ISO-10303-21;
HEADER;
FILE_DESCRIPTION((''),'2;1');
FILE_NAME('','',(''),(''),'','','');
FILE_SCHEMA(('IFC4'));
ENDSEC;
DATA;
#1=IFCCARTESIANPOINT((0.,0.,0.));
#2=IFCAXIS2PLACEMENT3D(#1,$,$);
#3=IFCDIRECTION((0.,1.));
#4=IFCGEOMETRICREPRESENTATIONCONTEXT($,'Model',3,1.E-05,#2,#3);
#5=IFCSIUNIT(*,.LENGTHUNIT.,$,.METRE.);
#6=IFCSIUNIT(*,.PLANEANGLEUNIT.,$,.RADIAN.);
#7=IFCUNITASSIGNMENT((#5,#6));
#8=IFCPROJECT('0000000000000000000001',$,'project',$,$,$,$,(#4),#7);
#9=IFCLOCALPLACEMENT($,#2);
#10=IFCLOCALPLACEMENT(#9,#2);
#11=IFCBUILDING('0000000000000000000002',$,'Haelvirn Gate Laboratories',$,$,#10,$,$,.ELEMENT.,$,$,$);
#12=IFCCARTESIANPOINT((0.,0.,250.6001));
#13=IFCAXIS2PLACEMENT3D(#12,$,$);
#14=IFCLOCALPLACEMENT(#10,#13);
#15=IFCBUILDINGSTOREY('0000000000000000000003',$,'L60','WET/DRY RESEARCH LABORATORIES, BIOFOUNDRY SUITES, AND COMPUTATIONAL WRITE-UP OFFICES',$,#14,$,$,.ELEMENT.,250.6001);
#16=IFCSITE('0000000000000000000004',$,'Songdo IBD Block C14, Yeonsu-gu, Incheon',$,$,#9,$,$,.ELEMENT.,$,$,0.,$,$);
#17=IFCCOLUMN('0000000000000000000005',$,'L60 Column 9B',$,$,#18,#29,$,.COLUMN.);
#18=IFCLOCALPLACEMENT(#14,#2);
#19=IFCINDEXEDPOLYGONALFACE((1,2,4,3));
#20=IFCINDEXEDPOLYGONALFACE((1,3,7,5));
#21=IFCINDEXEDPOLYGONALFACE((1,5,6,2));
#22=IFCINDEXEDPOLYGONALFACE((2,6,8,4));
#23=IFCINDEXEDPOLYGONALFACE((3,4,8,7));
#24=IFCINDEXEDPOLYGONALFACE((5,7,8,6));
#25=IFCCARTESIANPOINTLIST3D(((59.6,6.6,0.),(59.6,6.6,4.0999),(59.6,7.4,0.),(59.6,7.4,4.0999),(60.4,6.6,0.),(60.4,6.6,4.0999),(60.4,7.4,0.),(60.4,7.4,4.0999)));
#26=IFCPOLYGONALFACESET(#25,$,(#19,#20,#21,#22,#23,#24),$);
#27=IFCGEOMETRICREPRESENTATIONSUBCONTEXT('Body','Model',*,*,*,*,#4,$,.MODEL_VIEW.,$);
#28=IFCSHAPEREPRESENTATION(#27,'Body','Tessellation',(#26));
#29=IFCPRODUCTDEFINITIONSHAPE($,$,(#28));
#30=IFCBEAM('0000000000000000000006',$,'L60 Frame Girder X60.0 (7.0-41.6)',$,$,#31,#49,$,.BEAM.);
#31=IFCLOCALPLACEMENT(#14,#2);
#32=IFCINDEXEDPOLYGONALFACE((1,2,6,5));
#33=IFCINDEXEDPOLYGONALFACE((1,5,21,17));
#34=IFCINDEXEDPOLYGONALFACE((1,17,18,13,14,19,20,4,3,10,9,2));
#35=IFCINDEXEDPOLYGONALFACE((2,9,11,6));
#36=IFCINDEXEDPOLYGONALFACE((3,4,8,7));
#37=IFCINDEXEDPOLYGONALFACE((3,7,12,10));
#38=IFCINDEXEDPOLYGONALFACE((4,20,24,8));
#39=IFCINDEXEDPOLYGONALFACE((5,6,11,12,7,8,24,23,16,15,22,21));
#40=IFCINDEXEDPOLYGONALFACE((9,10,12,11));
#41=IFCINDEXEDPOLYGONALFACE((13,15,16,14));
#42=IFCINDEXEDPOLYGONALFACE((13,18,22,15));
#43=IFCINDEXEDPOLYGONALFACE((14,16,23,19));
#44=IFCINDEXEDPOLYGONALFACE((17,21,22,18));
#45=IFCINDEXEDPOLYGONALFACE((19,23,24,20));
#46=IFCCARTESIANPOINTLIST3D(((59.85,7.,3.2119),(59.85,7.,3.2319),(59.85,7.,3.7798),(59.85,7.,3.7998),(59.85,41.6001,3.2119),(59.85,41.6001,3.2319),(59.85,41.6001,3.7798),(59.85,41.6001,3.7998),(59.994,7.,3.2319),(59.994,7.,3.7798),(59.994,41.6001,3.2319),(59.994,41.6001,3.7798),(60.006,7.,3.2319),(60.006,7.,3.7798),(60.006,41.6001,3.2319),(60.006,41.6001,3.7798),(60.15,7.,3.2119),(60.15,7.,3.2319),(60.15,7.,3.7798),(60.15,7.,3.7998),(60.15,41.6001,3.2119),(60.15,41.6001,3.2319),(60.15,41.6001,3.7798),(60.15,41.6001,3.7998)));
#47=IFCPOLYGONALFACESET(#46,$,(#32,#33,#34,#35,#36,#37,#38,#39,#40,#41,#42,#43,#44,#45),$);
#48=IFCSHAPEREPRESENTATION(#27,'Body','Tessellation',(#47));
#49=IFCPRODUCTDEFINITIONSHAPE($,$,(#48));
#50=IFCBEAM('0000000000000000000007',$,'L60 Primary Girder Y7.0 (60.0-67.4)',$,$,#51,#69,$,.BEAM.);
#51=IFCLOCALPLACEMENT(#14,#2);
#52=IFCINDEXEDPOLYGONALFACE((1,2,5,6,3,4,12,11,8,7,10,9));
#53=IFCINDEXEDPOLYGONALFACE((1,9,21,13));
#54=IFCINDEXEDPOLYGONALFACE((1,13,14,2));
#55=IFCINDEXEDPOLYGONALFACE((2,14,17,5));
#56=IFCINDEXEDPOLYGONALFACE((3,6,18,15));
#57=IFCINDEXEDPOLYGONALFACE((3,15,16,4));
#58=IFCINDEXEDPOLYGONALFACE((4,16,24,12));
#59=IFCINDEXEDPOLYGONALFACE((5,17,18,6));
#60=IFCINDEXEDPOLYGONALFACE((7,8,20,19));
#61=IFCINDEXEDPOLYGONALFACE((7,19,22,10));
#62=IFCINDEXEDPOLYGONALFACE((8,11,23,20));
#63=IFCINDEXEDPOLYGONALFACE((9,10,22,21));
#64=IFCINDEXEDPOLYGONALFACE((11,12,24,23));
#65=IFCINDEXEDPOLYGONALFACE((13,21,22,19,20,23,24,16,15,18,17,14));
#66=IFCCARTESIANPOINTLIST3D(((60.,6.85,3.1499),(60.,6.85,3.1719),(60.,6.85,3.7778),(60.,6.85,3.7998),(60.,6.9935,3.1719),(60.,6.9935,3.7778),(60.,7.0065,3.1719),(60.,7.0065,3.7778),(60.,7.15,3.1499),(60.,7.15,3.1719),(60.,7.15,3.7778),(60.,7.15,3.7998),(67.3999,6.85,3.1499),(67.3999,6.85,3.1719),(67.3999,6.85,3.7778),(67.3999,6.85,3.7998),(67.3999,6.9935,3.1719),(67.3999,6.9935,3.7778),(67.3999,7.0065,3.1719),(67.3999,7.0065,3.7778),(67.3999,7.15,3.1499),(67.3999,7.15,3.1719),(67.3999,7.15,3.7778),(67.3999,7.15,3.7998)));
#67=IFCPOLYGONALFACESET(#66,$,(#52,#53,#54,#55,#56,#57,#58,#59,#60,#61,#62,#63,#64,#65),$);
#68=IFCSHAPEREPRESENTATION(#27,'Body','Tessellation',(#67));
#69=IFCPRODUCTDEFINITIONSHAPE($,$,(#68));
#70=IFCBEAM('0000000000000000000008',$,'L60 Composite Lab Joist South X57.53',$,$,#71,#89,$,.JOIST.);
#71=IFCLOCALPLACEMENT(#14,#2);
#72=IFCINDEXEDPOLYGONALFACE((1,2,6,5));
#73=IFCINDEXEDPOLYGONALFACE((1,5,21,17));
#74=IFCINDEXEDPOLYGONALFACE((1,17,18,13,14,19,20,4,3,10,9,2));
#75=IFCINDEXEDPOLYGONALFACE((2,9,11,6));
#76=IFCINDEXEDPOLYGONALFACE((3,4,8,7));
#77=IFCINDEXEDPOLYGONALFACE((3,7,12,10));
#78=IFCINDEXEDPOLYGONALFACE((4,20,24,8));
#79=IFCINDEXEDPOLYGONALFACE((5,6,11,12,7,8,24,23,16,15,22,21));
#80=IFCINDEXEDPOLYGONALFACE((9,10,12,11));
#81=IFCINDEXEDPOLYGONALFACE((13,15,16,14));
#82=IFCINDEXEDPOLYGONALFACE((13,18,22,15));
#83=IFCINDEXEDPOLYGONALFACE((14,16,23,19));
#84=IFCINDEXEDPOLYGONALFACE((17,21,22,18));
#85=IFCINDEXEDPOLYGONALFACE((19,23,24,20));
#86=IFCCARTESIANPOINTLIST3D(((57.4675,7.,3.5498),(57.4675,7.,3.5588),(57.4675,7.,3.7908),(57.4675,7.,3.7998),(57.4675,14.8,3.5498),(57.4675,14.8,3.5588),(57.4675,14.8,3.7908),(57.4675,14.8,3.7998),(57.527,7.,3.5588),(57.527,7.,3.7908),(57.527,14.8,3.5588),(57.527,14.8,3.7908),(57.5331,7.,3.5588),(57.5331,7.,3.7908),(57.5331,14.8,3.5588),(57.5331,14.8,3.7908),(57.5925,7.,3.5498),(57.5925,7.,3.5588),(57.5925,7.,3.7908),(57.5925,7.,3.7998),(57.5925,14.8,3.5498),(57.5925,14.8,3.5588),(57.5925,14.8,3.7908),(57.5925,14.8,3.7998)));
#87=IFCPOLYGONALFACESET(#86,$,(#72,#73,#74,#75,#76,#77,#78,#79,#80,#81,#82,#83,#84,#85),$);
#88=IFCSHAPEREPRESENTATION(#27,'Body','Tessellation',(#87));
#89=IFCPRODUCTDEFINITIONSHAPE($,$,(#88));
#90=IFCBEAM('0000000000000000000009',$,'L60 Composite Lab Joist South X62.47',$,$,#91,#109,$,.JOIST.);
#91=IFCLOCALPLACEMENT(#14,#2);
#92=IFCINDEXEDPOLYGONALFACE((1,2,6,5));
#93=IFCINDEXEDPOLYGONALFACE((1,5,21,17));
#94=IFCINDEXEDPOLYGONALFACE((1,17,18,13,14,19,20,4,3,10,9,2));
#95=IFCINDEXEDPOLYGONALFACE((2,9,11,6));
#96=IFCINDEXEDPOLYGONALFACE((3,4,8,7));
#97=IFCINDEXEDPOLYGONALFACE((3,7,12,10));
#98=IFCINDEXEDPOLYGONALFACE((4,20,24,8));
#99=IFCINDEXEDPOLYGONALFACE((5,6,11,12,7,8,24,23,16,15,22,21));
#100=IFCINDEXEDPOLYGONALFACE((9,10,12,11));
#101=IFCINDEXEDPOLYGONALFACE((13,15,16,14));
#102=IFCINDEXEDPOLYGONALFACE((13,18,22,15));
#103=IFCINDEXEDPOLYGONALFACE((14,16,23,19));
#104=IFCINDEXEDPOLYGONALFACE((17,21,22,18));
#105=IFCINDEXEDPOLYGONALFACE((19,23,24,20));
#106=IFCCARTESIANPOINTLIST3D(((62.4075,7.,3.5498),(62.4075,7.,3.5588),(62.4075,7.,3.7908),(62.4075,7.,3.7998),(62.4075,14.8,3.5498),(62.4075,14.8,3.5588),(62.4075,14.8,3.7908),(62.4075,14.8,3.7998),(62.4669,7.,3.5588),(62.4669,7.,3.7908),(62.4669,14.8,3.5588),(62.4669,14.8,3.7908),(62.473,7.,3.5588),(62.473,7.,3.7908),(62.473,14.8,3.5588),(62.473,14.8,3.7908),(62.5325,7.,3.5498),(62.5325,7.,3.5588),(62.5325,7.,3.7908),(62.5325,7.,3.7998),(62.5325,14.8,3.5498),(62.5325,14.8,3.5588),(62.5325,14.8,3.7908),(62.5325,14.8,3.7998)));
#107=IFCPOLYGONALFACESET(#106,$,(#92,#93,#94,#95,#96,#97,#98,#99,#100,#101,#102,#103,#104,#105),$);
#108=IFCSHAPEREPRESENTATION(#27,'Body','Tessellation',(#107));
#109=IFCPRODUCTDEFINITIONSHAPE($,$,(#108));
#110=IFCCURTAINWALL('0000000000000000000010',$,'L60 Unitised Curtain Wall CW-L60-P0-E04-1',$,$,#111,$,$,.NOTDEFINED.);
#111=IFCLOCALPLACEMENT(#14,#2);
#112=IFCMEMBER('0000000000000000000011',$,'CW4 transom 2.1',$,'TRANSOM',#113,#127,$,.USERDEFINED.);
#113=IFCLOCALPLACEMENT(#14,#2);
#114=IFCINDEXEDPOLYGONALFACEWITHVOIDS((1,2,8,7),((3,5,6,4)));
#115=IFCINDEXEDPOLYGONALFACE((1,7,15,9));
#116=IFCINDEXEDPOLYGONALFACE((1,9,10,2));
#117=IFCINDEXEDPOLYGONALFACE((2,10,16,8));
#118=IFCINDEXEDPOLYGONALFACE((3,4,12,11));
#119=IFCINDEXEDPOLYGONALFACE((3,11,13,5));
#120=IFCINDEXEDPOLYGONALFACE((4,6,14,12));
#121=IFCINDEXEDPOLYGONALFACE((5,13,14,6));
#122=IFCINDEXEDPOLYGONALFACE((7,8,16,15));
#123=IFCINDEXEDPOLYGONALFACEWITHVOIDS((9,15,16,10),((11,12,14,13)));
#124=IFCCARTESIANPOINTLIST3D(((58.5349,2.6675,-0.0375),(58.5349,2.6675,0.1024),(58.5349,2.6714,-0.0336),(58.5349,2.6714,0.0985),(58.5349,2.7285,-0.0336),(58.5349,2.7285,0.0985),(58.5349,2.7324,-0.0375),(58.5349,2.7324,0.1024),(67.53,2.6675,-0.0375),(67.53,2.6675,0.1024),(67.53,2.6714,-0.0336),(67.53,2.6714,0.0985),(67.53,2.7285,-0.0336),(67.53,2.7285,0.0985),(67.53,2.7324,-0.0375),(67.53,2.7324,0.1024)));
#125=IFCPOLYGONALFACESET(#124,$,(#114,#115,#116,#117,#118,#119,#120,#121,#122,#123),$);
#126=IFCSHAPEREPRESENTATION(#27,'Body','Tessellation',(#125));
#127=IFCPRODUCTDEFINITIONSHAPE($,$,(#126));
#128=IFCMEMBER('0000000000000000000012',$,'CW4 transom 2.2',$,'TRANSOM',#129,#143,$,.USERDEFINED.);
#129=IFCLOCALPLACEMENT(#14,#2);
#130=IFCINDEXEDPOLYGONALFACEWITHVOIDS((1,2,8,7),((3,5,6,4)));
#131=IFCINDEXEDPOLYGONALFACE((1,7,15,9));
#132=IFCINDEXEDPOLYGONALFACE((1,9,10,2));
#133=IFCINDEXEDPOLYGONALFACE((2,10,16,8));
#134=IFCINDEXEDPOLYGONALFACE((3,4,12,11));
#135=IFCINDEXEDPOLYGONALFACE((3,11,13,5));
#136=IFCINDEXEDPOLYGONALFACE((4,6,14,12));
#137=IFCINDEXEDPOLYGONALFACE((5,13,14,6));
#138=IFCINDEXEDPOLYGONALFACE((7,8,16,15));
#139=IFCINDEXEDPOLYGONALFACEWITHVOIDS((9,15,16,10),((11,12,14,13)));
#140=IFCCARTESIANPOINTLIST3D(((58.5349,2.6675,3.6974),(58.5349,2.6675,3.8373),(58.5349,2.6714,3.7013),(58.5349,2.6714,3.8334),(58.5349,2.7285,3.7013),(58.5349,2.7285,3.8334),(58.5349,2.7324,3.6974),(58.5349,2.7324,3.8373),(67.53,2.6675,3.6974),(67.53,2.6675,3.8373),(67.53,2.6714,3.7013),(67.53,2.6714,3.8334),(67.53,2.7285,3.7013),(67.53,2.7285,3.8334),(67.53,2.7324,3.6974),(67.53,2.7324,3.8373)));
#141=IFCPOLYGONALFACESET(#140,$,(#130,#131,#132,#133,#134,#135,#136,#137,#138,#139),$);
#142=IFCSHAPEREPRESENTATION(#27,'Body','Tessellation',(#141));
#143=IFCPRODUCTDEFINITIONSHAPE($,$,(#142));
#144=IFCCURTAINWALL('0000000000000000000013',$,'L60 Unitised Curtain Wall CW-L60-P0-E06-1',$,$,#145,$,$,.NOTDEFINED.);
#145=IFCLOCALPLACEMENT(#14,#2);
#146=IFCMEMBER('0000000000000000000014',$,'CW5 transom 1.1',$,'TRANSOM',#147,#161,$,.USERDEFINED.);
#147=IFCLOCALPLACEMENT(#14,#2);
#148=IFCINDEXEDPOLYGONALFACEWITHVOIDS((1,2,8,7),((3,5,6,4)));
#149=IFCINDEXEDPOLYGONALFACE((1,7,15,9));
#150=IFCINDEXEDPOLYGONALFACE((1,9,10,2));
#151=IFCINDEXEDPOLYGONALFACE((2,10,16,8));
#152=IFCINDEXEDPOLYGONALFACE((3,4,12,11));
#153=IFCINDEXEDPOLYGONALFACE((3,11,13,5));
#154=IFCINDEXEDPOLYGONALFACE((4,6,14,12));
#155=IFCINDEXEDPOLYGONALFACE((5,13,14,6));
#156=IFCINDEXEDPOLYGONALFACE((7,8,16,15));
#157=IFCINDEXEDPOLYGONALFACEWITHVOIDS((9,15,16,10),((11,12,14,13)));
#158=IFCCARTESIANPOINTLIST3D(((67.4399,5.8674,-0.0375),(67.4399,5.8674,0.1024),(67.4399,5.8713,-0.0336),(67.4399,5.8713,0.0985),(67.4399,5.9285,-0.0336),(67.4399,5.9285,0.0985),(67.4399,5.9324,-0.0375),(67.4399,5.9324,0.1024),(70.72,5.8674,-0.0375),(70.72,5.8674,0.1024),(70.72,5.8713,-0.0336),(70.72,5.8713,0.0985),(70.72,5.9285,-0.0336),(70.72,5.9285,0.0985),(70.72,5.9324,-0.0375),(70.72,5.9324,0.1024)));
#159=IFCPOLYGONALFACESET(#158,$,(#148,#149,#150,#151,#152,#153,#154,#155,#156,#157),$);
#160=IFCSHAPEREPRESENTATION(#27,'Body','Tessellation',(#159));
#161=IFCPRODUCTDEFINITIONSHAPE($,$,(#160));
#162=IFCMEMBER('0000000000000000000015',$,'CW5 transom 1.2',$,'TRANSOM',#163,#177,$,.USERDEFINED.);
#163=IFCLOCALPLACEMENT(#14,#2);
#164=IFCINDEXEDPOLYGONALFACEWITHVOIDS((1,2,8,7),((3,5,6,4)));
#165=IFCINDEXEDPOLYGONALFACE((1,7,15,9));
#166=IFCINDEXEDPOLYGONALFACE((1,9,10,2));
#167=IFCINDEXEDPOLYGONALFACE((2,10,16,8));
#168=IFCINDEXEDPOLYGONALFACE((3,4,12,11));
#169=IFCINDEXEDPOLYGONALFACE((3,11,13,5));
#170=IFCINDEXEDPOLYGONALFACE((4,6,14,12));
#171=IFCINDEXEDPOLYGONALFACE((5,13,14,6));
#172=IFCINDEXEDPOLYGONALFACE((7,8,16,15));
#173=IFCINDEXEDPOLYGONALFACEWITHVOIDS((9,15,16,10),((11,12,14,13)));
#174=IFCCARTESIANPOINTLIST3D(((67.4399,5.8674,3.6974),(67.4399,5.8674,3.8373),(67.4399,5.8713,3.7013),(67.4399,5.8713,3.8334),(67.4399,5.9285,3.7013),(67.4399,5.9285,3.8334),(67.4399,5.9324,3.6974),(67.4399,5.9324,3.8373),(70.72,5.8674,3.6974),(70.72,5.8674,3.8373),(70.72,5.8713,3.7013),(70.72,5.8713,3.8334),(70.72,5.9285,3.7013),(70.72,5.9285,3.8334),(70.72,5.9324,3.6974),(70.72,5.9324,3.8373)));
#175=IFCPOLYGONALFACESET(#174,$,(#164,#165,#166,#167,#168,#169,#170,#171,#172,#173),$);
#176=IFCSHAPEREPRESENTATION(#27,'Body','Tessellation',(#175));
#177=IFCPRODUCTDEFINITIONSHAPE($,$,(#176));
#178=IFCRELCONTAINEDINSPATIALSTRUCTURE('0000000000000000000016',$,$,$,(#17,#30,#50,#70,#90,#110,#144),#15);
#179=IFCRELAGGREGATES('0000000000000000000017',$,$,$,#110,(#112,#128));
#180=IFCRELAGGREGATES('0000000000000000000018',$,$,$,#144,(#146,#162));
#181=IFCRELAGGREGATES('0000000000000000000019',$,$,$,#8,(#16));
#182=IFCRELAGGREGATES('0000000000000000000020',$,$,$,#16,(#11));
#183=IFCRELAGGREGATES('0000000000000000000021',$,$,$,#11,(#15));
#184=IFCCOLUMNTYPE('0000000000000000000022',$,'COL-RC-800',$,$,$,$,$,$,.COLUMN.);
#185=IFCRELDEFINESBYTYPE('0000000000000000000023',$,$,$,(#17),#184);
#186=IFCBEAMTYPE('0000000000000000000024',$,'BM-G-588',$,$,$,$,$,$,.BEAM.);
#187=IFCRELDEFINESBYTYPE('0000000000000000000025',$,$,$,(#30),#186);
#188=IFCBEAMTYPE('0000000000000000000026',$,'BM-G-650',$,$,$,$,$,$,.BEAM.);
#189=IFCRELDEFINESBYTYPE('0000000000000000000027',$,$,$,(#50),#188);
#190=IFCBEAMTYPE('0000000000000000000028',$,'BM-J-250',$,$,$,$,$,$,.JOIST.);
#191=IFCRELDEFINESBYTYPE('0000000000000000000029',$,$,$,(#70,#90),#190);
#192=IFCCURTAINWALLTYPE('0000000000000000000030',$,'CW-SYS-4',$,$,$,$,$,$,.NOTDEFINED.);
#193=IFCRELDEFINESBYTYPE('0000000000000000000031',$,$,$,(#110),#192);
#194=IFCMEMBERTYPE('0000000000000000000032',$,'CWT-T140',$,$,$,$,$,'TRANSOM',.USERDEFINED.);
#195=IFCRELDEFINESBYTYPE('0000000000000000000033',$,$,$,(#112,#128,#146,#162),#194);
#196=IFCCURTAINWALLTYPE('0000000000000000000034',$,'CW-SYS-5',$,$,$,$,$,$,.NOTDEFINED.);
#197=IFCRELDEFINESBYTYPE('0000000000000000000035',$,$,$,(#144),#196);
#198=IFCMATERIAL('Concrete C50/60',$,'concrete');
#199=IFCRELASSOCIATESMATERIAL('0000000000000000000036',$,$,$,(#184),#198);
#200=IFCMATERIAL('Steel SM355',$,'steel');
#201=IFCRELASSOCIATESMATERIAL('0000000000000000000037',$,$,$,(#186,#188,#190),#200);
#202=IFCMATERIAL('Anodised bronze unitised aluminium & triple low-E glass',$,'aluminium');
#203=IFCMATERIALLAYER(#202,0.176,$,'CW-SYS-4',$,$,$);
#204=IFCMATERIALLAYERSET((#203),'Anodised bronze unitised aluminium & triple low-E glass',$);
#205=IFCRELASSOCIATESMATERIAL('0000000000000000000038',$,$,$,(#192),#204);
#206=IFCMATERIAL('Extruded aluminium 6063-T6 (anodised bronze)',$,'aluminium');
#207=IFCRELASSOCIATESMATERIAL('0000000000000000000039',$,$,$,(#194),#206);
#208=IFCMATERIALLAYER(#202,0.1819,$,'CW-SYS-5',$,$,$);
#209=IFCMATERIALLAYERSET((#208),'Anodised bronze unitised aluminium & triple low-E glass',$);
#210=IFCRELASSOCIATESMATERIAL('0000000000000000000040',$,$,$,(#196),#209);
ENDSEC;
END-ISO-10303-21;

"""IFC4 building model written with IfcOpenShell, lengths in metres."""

from ifc_helpers import new_model, si_unit, direction, frame, origin, origin_2d, place, context, subcontext, project, spatial, rectangle, hollow_rectangle, i_section, extrude, source, transform, mapped, material, layer, layer_set, material_profile, profile_set, type_object, type_shapes, element, aggregate, save


model = new_model("IFC4")

# Units and contexts
model_context = context("Model", 3, precision=1e-05, world=origin(), true_north=direction((0.0, 1.0)))
body_context = subcontext(model_context, "Body", "Model", "MODEL_VIEW")
ifc_project = project(units=[si_unit("LENGTHUNIT", "METRE"), si_unit("PLANEANGLEUNIT", "RADIAN")], contexts=[model_context])

# Site, building, storey
site_placement = place(None, origin())
site = spatial("IfcSite", under=ifc_project, at=site_placement, Name="Songdo IBD Block C14, Yeonsu-gu, Incheon", CompositionType="ELEMENT", RefElevation=0.0)
building_placement = place(site_placement, origin())
building = spatial("IfcBuilding", under=site, at=building_placement, Name="Haelvirn Gate Laboratories", CompositionType="ELEMENT")
storey_placement = place(building_placement, frame((0.0, 0.0, 250.6001)))
storey = spatial("IfcBuildingStorey", under=building, at=storey_placement, Name="L60", Description="WET/DRY RESEARCH LABORATORIES, BIOFOUNDRY SUITES, AND COMPUTATIONAL WRITE-UP OFFICES", CompositionType="ELEMENT", Elevation=250.6001)

# Column
ifc_material_1 = material(Name="Concrete C50/60", Category="concrete")
ifc_material_profile_1 = material_profile(ifc_material_1, rectangle(XDim=0.8, YDim=0.8, at=origin_2d()), Name="RC-800x800")
ifc_profile_set_1 = profile_set([ifc_material_profile_1], Name="Concrete C50/60")
column_type = type_object("IfcColumnType", Name="COL-RC-800", PredefinedType="COLUMN", material=ifc_profile_set_1)
shared_shape_1 = source(origin(), body_context, "Body", "SweptSolid", [
    extrude(rectangle(XDim=0.8, YDim=0.8, at=origin_2d()), origin(), (0.0, 0.0, 1.0), 4.0999),
])
type_shapes(column_type, [shared_shape_1])
column_placement = place(storey_placement, frame((60.0, 7.0, 0.0), z_axis=(0.0, 0.0, 1.0), x_axis=(1.0, 0.0, 0.0)))
element("IfcColumn", 1, at=column_placement, inside=storey, type_object=column_type, Name="L60 Column 9B", PredefinedType="COLUMN", context=body_context, shape_type="MappedRepresentation", body=[
    mapped(shared_shape_1, transform((0.0, 0.0, 0.0), scale=1.0)),
])

# Beams
ifc_material_2 = material(Name="Steel SM355", Category="steel")
ifc_material_profile_2 = material_profile(ifc_material_2, i_section(OverallWidth=0.3, OverallDepth=0.5879, WebThickness=0.012, FlangeThickness=0.02, at=origin_2d()), Name="H-588x300x12x20")
ifc_profile_set_2 = profile_set([ifc_material_profile_2], Name="Steel SM355")
beam_type_1 = type_object("IfcBeamType", Name="BM-G-588", PredefinedType="BEAM", material=ifc_profile_set_2)
shared_shape_2 = source(origin(), body_context, "Body", "SweptSolid", [
    extrude(i_section(OverallWidth=0.3, OverallDepth=0.5879, WebThickness=0.012, FlangeThickness=0.02, at=origin_2d()), origin(), (0.0, 0.0, 1.0), 34.6001),
])
type_shapes(beam_type_1, [shared_shape_2])
beam_1_placement = place(storey_placement, frame((60.0, 7.0, 3.5059), z_axis=(0.0, 1.0, 0.0), x_axis=(-1.0, 0.0, 0.0)))
element("IfcBeam", 2, at=beam_1_placement, inside=storey, type_object=beam_type_1, Name="L60 Frame Girder X60.0 (7.0-41.6)", PredefinedType="BEAM", context=body_context, shape_type="MappedRepresentation", body=[
    mapped(shared_shape_2, transform((0.0, 0.0, 0.0), scale=1.0)),
])
ifc_material_profile_3 = material_profile(ifc_material_2, i_section(OverallWidth=0.3, OverallDepth=0.6499, WebThickness=0.0129, FlangeThickness=0.022, at=origin_2d()), Name="H-650x300x13x22")
ifc_profile_set_3 = profile_set([ifc_material_profile_3], Name="Steel SM355")
beam_type_2 = type_object("IfcBeamType", Name="BM-G-650", PredefinedType="BEAM", material=ifc_profile_set_3)
shared_shape_3 = source(origin(), body_context, "Body", "SweptSolid", [
    extrude(i_section(OverallWidth=0.3, OverallDepth=0.6499, WebThickness=0.0129, FlangeThickness=0.022, at=origin_2d()), origin(), (0.0, 0.0, 1.0), 7.3999),
])
type_shapes(beam_type_2, [shared_shape_3])
beam_2_placement = place(storey_placement, frame((60.0, 7.0, 3.4749), z_axis=(1.0, 0.0, 0.0), x_axis=(0.0, 1.0, 0.0)))
element("IfcBeam", 3, at=beam_2_placement, inside=storey, type_object=beam_type_2, Name="L60 Primary Girder Y7.0 (60.0-67.4)", PredefinedType="BEAM", context=body_context, shape_type="MappedRepresentation", body=[
    mapped(shared_shape_3, transform((0.0, 0.0, 0.0), scale=1.0)),
])
ifc_material_profile_4 = material_profile(ifc_material_2, i_section(OverallWidth=0.125, OverallDepth=0.25, WebThickness=0.0061, FlangeThickness=0.009, at=origin_2d()), Name="H-250x125x6x9")
ifc_profile_set_4 = profile_set([ifc_material_profile_4], Name="Steel SM355")
beam_type_3 = type_object("IfcBeamType", Name="BM-J-250", PredefinedType="JOIST", material=ifc_profile_set_4)
shared_shape_4 = source(origin(), body_context, "Body", "SweptSolid", [
    extrude(i_section(OverallWidth=0.125, OverallDepth=0.25, WebThickness=0.0061, FlangeThickness=0.009, at=origin_2d()), origin(), (0.0, 0.0, 1.0), 7.8),
])
type_shapes(beam_type_3, [shared_shape_4])
for number, where, z_axis, x_axis, name in (
    (4, (57.53, 7.0, 3.6748), (0.0, 1.0, 0.0), (-1.0, 0.0, 0.0), "L60 Composite Lab Joist South X57.53"),
    (5, (62.47, 7.0, 3.6748), (0.0, 1.0, 0.0), (-1.0, 0.0, 0.0), "L60 Composite Lab Joist South X62.47"),
):
    element("IfcBeam", number, at=place(storey_placement, frame(where, z_axis=z_axis, x_axis=x_axis)), inside=storey, type_object=beam_type_3, Name=name, PredefinedType="JOIST", context=body_context, shape_type="MappedRepresentation", body=[
        mapped(shared_shape_4, transform((0.0, 0.0, 0.0), scale=1.0)),
    ])

# Curtain walls, members
ifc_material_3 = material(Name="Anodised bronze unitised aluminium & triple low-E glass", Category="aluminium")
ifc_layer_1 = layer(ifc_material_3, 0.176, Name="CW-SYS-4")
ifc_layer_set_1 = layer_set([ifc_layer_1], Name="Anodised bronze unitised aluminium & triple low-E glass")
curtain_wall_type_1 = type_object("IfcCurtainWallType", Name="CW-SYS-4", PredefinedType="NOTDEFINED", material=ifc_layer_set_1)
curtain_wall_1_placement = place(storey_placement, origin())
curtain_wall_1 = element("IfcCurtainWall", 6, at=curtain_wall_1_placement, inside=storey, type_object=curtain_wall_type_1, Name="L60 Unitised Curtain Wall CW-L60-P0-E04-1", PredefinedType="NOTDEFINED")
ifc_material_4 = material(Name="Extruded aluminium 6063-T6 (anodised bronze)", Category="aluminium")
ifc_material_profile_5 = material_profile(ifc_material_4, hollow_rectangle(XDim=0.0649, YDim=0.1399, WallThickness=0.0039, at=origin_2d()), Name="CWT-140x65x4")
ifc_profile_set_5 = profile_set([ifc_material_profile_5], Name="Extruded aluminium 6063-T6 (anodised bronze)")
member_type_1 = type_object("IfcMemberType", Name="CWT-T140", ElementType="TRANSOM", PredefinedType="USERDEFINED", material=ifc_profile_set_5)
shared_shape_5 = source(origin(), body_context, "Body", "SweptSolid", [
    extrude(hollow_rectangle(XDim=0.0649, YDim=0.1399, WallThickness=0.0039, at=origin_2d()), origin(), (0.0, 0.0, 1.0), 8.9951),
])
member_1_placement = place(storey_placement, frame((58.5349, 2.7, 0.0325), z_axis=(1.0, 0.0, 0.0), x_axis=(0.0, 1.0, 0.0)))
member_1 = element("IfcMember", 7, at=member_1_placement, type_object=member_type_1, Name="CW4 transom 2.1", ObjectType="TRANSOM", PredefinedType="USERDEFINED", context=body_context, shape_type="MappedRepresentation", body=[
    mapped(shared_shape_5, transform((0.0, 0.0, 0.0), scale=1.0)),
])
member_2_placement = place(storey_placement, frame((58.5349, 2.7, 3.7673), z_axis=(1.0, 0.0, 0.0), x_axis=(0.0, 1.0, 0.0)))
member_2 = element("IfcMember", 8, at=member_2_placement, type_object=member_type_1, Name="CW4 transom 2.2", ObjectType="TRANSOM", PredefinedType="USERDEFINED", context=body_context, shape_type="MappedRepresentation", body=[
    mapped(shared_shape_5, transform((0.0, 0.0, 0.0), scale=1.0)),
])
ifc_layer_2 = layer(ifc_material_3, 0.1819, Name="CW-SYS-5")
ifc_layer_set_2 = layer_set([ifc_layer_2], Name="Anodised bronze unitised aluminium & triple low-E glass")
curtain_wall_type_2 = type_object("IfcCurtainWallType", Name="CW-SYS-5", PredefinedType="NOTDEFINED", material=ifc_layer_set_2)
curtain_wall_2_placement = place(storey_placement, origin())
curtain_wall_2 = element("IfcCurtainWall", 9, at=curtain_wall_2_placement, inside=storey, type_object=curtain_wall_type_2, Name="L60 Unitised Curtain Wall CW-L60-P0-E06-1", PredefinedType="NOTDEFINED")
shared_shape_6 = source(origin(), body_context, "Body", "SweptSolid", [
    extrude(hollow_rectangle(XDim=0.0649, YDim=0.1399, WallThickness=0.0039, at=origin_2d()), origin(), (0.0, 0.0, 1.0), 3.28),
])
member_3_placement = place(storey_placement, frame((67.4399, 5.8999, 0.0325), z_axis=(1.0, 0.0, 0.0), x_axis=(0.0, 1.0, 0.0)))
member_3 = element("IfcMember", 10, at=member_3_placement, type_object=member_type_1, Name="CW5 transom 1.1", ObjectType="TRANSOM", PredefinedType="USERDEFINED", context=body_context, shape_type="MappedRepresentation", body=[
    mapped(shared_shape_6, transform((0.0, 0.0, 0.0), scale=1.0)),
])
member_4_placement = place(storey_placement, frame((67.4399, 5.8999, 3.7673), z_axis=(1.0, 0.0, 0.0), x_axis=(0.0, 1.0, 0.0)))
member_4 = element("IfcMember", 11, at=member_4_placement, type_object=member_type_1, Name="CW5 transom 1.2", ObjectType="TRANSOM", PredefinedType="USERDEFINED", context=body_context, shape_type="MappedRepresentation", body=[
    mapped(shared_shape_6, transform((0.0, 0.0, 0.0), scale=1.0)),
])

aggregate(curtain_wall_1, [member_1, member_2])
aggregate(curtain_wall_2, [member_3, member_4])

save(model, "model.ifc")
